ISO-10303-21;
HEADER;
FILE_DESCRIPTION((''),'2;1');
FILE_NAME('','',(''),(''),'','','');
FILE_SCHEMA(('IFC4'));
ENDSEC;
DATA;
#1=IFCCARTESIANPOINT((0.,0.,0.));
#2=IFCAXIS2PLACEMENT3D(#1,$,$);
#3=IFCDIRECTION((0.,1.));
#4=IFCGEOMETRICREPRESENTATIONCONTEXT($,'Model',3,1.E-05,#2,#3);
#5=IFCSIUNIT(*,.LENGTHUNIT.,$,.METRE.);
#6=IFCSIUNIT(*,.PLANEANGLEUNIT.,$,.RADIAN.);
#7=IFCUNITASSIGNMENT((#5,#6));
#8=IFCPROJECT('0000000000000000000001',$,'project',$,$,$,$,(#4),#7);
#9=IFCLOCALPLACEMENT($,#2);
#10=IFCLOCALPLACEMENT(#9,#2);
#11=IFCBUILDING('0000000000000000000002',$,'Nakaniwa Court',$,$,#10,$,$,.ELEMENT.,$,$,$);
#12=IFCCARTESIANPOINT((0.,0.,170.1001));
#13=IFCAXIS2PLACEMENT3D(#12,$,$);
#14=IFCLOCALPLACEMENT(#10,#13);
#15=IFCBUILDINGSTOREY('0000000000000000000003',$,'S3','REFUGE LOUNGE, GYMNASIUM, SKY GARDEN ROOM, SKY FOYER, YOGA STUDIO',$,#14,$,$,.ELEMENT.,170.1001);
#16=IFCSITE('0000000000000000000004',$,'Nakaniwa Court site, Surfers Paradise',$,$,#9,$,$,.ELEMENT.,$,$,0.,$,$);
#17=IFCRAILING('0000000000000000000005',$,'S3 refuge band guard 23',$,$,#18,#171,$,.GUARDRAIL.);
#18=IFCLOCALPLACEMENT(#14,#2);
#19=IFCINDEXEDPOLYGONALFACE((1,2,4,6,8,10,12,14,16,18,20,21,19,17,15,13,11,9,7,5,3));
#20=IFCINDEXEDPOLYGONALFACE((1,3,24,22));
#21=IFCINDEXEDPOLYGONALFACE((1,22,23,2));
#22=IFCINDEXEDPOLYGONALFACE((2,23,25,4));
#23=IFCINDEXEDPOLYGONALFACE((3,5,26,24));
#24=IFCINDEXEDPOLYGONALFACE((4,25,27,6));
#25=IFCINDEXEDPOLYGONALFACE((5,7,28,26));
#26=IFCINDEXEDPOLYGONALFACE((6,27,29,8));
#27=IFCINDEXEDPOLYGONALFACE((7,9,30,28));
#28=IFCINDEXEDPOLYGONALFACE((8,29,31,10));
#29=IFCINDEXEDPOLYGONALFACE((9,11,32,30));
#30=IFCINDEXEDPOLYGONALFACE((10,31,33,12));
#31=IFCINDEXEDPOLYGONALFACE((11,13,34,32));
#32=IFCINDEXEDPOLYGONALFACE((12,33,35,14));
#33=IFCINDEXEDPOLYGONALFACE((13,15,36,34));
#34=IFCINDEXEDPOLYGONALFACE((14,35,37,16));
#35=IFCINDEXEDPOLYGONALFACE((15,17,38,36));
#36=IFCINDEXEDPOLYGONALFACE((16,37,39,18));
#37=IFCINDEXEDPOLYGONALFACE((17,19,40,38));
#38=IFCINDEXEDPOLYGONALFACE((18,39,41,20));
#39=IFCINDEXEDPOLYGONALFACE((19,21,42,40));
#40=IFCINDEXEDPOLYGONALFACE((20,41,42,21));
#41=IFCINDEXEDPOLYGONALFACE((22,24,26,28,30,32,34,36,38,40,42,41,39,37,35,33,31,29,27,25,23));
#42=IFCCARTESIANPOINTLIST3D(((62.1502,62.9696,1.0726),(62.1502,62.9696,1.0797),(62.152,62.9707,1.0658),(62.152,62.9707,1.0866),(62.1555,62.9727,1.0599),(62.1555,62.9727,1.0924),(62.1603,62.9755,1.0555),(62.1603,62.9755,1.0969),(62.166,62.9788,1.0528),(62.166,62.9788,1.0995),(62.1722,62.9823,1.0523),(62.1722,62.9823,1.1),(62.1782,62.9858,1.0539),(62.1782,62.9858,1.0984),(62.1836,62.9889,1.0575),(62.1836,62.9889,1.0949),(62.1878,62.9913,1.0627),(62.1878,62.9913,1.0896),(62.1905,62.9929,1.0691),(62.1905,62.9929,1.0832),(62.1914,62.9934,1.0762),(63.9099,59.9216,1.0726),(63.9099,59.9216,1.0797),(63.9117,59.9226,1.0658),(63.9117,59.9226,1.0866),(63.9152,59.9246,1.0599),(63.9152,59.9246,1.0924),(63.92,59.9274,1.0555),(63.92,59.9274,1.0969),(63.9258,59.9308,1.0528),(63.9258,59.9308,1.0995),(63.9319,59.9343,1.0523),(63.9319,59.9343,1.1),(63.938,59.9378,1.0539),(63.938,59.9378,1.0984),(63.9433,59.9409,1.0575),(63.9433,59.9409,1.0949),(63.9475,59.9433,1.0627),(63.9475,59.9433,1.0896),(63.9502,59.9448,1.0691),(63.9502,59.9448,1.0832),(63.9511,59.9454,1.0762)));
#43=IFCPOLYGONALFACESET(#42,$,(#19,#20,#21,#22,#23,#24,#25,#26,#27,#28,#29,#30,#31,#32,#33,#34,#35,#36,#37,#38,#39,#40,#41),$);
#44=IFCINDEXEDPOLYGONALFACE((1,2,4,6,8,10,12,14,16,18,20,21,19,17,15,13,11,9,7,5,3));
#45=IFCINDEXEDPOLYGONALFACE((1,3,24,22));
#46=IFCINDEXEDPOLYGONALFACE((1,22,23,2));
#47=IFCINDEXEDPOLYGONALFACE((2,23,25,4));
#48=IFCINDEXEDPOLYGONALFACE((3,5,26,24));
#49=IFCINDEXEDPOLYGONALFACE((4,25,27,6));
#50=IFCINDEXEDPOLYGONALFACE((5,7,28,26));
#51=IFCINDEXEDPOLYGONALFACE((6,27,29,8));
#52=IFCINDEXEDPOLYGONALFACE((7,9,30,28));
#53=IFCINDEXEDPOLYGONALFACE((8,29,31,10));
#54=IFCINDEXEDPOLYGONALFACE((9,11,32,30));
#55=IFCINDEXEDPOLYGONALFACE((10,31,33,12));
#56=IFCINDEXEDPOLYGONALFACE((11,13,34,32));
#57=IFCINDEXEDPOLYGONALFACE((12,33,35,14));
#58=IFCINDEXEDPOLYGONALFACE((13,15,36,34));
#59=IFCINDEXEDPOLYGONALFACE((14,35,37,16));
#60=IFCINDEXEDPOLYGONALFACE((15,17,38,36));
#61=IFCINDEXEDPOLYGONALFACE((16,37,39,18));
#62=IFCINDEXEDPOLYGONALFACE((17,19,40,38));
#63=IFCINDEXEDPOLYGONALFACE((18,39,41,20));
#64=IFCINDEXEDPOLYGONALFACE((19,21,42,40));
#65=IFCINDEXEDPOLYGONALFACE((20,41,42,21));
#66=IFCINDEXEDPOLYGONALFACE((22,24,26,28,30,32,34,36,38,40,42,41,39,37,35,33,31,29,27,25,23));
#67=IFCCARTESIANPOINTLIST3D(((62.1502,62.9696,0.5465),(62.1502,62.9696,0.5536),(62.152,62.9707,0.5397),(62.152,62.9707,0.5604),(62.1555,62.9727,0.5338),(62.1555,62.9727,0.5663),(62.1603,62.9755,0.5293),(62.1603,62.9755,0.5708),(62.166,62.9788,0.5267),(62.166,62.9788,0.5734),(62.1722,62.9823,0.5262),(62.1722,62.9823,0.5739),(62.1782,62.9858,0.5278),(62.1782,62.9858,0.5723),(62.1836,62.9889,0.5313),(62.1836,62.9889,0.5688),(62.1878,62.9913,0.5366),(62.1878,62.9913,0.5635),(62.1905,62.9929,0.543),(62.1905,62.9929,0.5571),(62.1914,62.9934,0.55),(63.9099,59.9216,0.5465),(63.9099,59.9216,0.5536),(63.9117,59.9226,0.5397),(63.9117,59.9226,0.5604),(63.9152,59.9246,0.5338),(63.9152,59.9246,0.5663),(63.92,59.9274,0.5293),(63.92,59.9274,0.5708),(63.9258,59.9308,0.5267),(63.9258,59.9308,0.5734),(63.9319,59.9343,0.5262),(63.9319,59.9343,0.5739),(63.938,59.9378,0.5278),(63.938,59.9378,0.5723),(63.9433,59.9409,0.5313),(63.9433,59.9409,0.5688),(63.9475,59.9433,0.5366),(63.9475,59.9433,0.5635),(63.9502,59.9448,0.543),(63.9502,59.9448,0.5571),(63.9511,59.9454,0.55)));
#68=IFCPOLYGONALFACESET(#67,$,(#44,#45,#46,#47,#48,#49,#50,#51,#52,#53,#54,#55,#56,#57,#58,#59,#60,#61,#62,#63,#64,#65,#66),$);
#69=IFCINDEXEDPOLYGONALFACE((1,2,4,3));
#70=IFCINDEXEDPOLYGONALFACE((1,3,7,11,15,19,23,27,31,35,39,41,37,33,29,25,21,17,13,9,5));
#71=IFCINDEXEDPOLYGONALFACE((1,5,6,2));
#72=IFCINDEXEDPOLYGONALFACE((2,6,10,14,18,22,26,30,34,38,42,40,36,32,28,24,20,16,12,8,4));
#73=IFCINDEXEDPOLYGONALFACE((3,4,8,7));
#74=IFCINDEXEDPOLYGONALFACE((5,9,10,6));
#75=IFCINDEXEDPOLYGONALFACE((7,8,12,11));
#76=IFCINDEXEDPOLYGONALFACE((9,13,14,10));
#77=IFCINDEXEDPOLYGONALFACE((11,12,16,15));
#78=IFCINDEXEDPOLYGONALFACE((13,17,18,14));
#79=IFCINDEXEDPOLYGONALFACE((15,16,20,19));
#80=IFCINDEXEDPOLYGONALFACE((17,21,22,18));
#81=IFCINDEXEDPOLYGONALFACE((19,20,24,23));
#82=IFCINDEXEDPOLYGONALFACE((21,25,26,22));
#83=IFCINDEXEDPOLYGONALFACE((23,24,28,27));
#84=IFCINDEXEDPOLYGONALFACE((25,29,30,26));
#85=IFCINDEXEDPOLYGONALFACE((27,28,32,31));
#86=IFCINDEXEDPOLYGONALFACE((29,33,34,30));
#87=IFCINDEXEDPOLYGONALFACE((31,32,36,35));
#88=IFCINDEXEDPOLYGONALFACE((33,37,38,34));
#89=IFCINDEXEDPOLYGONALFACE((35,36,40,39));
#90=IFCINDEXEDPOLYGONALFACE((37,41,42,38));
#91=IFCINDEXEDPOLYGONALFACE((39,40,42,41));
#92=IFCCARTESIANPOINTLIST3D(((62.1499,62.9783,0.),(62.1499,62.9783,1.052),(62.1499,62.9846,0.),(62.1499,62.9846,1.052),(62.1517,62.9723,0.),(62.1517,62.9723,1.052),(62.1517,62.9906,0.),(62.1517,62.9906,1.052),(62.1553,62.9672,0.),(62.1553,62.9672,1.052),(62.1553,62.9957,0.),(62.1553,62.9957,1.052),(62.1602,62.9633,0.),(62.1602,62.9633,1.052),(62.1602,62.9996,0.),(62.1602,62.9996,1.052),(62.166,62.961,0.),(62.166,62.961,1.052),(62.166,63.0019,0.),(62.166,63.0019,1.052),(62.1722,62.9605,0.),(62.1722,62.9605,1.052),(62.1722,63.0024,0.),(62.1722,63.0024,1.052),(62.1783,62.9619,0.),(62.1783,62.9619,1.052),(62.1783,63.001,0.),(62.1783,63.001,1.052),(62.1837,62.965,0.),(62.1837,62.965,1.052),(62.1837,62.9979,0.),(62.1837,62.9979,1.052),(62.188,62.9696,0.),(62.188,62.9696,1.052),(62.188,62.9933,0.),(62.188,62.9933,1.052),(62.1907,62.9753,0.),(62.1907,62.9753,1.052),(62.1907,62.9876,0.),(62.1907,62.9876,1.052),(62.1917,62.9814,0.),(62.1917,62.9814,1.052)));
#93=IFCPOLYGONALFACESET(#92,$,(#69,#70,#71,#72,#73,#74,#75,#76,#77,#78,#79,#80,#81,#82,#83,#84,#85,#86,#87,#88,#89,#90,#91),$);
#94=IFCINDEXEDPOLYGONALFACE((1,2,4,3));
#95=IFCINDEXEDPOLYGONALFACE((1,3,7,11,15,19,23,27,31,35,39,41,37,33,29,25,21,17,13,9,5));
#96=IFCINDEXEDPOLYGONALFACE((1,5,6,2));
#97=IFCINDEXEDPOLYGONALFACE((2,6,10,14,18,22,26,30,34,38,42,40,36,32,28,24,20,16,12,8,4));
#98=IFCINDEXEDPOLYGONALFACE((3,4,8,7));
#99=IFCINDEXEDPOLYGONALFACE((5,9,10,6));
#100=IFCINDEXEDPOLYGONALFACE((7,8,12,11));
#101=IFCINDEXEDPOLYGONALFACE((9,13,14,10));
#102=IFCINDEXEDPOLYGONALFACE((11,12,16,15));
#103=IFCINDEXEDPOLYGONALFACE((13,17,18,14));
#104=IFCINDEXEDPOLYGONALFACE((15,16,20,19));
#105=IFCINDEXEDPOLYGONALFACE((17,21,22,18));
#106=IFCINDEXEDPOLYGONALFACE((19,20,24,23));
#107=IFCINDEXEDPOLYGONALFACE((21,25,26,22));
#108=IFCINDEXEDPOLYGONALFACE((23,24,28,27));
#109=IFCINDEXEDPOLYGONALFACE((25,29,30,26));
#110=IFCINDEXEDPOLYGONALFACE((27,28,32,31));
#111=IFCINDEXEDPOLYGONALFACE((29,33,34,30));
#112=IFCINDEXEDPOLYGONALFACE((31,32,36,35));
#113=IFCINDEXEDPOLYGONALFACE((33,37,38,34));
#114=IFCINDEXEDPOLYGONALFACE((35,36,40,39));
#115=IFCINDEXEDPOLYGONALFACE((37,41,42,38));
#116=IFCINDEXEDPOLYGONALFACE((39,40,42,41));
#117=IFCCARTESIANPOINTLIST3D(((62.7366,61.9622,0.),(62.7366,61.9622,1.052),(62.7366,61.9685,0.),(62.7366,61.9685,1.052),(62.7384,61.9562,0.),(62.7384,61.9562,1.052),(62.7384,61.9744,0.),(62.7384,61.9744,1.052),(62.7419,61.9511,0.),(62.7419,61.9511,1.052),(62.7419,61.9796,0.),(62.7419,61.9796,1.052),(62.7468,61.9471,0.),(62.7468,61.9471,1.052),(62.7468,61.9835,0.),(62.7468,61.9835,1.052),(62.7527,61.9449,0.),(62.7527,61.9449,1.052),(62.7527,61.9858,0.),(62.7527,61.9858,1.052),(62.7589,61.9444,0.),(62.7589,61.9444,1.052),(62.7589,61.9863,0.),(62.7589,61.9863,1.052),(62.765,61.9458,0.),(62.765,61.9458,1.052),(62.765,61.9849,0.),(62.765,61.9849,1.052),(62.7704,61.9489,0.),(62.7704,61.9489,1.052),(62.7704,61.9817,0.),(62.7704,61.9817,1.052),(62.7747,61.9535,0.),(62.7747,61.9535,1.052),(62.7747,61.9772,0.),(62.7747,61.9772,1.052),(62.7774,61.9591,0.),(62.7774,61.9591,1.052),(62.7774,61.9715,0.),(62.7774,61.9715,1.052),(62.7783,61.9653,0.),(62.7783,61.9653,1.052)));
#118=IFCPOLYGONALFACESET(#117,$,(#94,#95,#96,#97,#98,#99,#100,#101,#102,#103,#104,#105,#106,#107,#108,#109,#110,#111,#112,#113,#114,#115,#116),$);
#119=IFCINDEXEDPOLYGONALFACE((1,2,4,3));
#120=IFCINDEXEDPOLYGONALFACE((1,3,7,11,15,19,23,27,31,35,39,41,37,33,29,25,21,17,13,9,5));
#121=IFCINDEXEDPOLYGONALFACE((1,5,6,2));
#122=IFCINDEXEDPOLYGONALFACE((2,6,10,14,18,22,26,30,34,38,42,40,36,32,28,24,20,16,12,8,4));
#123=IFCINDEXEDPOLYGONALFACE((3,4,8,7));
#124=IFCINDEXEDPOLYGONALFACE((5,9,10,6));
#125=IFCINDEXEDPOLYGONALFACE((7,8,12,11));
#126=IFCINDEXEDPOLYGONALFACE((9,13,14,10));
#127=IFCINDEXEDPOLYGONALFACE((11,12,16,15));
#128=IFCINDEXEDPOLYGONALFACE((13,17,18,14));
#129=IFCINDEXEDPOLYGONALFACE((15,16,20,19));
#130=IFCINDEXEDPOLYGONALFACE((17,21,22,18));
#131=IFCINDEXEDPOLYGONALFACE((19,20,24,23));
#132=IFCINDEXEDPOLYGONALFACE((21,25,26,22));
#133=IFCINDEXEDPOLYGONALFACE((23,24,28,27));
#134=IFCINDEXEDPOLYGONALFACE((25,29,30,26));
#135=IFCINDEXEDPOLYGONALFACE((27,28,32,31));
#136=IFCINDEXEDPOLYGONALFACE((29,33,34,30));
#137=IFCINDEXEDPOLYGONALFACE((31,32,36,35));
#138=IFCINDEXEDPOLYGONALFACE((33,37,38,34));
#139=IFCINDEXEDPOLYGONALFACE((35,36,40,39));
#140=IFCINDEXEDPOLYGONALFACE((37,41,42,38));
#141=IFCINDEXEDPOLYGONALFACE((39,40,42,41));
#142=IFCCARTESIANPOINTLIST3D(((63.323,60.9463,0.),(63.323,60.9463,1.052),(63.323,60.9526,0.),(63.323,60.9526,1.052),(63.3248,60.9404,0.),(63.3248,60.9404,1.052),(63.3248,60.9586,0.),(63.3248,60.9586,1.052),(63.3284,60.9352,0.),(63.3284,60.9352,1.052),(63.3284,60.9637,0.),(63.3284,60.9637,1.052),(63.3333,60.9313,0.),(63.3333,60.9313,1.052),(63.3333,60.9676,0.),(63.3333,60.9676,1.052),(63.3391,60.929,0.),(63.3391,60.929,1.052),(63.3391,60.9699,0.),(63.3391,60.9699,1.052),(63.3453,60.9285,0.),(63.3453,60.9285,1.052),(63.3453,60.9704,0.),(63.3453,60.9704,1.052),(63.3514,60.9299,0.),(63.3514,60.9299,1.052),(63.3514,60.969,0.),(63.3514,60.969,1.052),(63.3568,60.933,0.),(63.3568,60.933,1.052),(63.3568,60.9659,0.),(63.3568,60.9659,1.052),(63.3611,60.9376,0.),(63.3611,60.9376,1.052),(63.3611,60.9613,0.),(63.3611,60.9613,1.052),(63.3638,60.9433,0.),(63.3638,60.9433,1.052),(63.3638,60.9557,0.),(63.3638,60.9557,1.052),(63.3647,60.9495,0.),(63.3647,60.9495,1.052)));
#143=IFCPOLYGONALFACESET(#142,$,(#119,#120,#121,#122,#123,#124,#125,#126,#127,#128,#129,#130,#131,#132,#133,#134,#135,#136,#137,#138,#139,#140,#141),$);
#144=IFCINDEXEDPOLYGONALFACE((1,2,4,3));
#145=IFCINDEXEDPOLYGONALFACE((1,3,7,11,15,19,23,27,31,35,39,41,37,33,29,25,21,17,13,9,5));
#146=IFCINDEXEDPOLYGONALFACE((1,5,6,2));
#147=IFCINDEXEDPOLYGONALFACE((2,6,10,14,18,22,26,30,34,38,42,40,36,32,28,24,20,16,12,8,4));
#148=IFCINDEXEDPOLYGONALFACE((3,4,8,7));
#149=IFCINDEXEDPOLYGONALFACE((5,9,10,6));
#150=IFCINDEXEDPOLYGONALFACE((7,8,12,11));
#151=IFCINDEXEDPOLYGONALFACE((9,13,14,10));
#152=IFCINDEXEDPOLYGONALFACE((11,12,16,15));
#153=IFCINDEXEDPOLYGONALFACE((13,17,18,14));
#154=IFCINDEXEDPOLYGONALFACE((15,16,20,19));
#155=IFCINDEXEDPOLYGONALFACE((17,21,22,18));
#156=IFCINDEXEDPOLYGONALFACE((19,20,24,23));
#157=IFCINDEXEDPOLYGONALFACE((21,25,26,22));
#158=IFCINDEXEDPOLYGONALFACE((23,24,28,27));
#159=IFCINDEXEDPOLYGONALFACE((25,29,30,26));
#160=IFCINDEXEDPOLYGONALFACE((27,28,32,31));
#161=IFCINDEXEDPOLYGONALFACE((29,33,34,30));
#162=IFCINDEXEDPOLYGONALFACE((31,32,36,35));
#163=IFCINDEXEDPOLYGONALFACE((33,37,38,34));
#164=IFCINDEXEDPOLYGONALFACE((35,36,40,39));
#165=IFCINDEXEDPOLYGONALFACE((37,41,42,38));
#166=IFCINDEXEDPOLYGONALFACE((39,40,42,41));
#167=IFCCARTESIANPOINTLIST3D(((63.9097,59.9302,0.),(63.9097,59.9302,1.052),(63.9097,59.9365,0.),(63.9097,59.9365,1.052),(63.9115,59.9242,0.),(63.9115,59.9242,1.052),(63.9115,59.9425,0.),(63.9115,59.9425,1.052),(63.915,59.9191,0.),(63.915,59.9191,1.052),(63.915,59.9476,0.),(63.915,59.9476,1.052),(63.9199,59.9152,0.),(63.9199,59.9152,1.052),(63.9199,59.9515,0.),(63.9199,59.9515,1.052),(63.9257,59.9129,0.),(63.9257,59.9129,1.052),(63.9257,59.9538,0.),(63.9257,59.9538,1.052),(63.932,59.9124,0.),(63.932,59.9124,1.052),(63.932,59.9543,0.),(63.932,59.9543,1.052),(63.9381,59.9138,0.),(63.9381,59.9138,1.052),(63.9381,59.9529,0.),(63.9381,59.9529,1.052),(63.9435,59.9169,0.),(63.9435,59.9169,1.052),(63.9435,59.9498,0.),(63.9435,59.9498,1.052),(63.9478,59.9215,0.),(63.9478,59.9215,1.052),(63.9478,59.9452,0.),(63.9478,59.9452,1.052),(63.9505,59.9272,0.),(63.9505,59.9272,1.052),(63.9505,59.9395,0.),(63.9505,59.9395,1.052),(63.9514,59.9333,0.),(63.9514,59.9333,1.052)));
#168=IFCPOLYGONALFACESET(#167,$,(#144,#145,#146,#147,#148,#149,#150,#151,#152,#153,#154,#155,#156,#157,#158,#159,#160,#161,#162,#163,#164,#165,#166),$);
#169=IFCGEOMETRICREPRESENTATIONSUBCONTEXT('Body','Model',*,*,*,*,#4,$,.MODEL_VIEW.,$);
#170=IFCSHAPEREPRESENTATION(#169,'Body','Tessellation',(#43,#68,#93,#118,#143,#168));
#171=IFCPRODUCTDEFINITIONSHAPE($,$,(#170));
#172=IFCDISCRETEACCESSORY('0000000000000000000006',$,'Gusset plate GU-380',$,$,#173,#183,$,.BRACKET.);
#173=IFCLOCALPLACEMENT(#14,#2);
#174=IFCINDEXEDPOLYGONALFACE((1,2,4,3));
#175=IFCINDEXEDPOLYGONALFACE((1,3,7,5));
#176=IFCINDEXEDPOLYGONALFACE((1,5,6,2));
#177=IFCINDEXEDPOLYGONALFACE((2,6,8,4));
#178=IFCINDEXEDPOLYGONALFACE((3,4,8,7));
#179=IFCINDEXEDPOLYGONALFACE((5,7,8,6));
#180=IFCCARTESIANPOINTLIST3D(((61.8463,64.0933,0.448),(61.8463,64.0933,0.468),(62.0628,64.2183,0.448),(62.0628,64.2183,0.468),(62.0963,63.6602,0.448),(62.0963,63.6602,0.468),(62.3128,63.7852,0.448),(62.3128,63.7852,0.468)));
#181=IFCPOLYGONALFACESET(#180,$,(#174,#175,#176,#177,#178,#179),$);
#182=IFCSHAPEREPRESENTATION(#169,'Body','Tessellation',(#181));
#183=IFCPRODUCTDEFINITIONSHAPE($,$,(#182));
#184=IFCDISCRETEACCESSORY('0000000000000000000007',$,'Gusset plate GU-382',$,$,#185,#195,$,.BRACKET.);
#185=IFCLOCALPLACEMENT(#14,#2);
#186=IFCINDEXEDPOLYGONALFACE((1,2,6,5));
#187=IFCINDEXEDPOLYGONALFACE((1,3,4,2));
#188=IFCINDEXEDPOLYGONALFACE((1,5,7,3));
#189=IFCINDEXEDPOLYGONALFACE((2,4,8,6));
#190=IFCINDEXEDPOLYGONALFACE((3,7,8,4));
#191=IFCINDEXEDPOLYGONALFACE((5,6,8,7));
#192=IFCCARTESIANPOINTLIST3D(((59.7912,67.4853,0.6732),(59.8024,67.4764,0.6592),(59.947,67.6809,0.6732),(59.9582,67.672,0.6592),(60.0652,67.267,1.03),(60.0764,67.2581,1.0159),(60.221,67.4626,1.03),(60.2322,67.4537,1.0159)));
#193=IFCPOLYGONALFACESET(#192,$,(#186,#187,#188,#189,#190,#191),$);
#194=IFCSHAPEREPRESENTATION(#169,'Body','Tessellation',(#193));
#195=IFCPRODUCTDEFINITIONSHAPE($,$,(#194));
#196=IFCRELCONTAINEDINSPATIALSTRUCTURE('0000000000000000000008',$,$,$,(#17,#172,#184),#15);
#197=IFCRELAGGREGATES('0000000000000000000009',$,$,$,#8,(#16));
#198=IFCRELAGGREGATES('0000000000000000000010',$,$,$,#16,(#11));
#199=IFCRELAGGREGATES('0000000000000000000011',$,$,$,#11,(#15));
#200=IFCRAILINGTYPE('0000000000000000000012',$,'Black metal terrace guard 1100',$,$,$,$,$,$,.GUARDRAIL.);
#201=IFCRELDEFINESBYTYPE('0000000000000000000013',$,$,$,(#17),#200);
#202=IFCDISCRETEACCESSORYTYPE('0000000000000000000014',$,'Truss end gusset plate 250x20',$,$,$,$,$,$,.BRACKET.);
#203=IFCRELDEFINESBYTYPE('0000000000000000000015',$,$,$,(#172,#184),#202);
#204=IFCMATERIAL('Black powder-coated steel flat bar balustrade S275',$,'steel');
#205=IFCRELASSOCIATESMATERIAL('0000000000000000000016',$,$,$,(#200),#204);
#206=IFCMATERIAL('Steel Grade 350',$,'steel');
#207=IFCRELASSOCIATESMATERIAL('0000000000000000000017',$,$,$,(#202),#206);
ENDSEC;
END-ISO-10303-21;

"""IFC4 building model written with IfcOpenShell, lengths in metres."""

from ifc_helpers import new_model, si_unit, direction, frame, origin, origin_2d, place, context, subcontext, project, spatial, rectangle, circle, extrude, material, material_profile, profile_set, type_object, element, save


model = new_model("IFC4")

# Units and contexts
model_context = context("Model", 3, precision=1e-05, world=origin(), true_north=direction((0.0, 1.0)))
body_context = subcontext(model_context, "Body", "Model", "MODEL_VIEW")
ifc_project = project(units=[si_unit("LENGTHUNIT", "METRE"), si_unit("PLANEANGLEUNIT", "RADIAN")], contexts=[model_context])

# Site, building, storey
site_placement = place(None, origin())
site = spatial("IfcSite", under=ifc_project, at=site_placement, Name="Nakaniwa Court site, Surfers Paradise", CompositionType="ELEMENT", RefElevation=0.0)
building_placement = place(site_placement, origin())
building = spatial("IfcBuilding", under=site, at=building_placement, Name="Nakaniwa Court", CompositionType="ELEMENT")
storey_placement = place(building_placement, frame((0.0, 0.0, 170.1001)))
storey = spatial("IfcBuildingStorey", under=building, at=storey_placement, Name="S3", Description="REFUGE LOUNGE, GYMNASIUM, SKY GARDEN ROOM, SKY FOYER, YOGA STUDIO", CompositionType="ELEMENT", Elevation=170.1001)

# Shared definitions
ifc_material_1 = material(Name="Steel Grade 350", Category="steel")

# Railing
ifc_material_2 = material(Name="Black powder-coated steel flat bar balustrade S275", Category="steel")
railing_type = type_object("IfcRailingType", Name="Black metal terrace guard 1100", PredefinedType="GUARDRAIL", material=ifc_material_2)
railing_placement = place(storey_placement, frame((62.1707, 62.9814, 0.0)))
element("IfcRailing", 1, at=railing_placement, inside=storey, type_object=railing_type, Name="S3 refuge band guard 23", PredefinedType="GUARDRAIL", context=body_context, shape_type="SweptSolid", body=[
    extrude(circle(Radius=0.0239, at=origin_2d()), frame((0.0, 0.0, 1.0762), z_axis=(0.499989, -0.866032, 0.0), x_axis=(0.866032, 0.499989, 0.0)), (0.0, 0.0, 1.0), 3.5195),
    extrude(circle(Radius=0.0239, at=origin_2d()), frame((0.0, 0.0, 0.55), z_axis=(0.499989, -0.866032, 0.0), x_axis=(0.866032, 0.499989, 0.0)), (0.0, 0.0, 1.0), 3.5195),
    extrude(circle(Radius=0.021, at=origin_2d()), origin(), (0.0, 0.0, 1.0), 1.052),
    extrude(circle(Radius=0.021, at=origin_2d()), frame((0.5867, -1.0161, 0.0)), (0.0, 0.0, 1.0), 1.052),
    extrude(circle(Radius=0.021, at=origin_2d()), frame((1.1731, -2.032, 0.0)), (0.0, 0.0, 1.0), 1.052),
    extrude(circle(Radius=0.021, at=origin_2d()), frame((1.7598, -3.0481, 0.0)), (0.0, 0.0, 1.0), 1.052),
])

# Discrete accessories
ifc_material_profile_1 = material_profile(ifc_material_1, rectangle(XDim=0.25, YDim=0.02, at=origin_2d()), Name="Truss end gusset plate 250x20")
ifc_profile_set_1 = profile_set([ifc_material_profile_1], Name="Steel Grade 350")
discrete_accessory_type = type_object("IfcDiscreteAccessoryType", Name="Truss end gusset plate 250x20", PredefinedType="BRACKET", material=ifc_profile_set_1)
for number, where, z_axis, x_axis, name in (
    (2, (61.9546, 64.1558, 0.458), (0.49992, -0.866072, 0.0), (0.866072, 0.49992, 0.0), "Gusset plate GU-380"),
    (3, (60.1487, 67.3604, 1.0229), (-0.54796, 0.43661, -0.71352), (-0.623164, -0.782091, 0.0), "Gusset plate GU-382"),
):
    element("IfcDiscreteAccessory", number, at=place(storey_placement, frame(where, z_axis=z_axis, x_axis=x_axis)), inside=storey, type_object=discrete_accessory_type, Name=name, PredefinedType="BRACKET", context=body_context, shape_type="SweptSolid", body=[
        extrude(rectangle(XDim=0.25, YDim=0.02, at=origin_2d()), origin(), (0.0, 0.0, 1.0), 0.5),
    ])

save(model, "model.ifc")
